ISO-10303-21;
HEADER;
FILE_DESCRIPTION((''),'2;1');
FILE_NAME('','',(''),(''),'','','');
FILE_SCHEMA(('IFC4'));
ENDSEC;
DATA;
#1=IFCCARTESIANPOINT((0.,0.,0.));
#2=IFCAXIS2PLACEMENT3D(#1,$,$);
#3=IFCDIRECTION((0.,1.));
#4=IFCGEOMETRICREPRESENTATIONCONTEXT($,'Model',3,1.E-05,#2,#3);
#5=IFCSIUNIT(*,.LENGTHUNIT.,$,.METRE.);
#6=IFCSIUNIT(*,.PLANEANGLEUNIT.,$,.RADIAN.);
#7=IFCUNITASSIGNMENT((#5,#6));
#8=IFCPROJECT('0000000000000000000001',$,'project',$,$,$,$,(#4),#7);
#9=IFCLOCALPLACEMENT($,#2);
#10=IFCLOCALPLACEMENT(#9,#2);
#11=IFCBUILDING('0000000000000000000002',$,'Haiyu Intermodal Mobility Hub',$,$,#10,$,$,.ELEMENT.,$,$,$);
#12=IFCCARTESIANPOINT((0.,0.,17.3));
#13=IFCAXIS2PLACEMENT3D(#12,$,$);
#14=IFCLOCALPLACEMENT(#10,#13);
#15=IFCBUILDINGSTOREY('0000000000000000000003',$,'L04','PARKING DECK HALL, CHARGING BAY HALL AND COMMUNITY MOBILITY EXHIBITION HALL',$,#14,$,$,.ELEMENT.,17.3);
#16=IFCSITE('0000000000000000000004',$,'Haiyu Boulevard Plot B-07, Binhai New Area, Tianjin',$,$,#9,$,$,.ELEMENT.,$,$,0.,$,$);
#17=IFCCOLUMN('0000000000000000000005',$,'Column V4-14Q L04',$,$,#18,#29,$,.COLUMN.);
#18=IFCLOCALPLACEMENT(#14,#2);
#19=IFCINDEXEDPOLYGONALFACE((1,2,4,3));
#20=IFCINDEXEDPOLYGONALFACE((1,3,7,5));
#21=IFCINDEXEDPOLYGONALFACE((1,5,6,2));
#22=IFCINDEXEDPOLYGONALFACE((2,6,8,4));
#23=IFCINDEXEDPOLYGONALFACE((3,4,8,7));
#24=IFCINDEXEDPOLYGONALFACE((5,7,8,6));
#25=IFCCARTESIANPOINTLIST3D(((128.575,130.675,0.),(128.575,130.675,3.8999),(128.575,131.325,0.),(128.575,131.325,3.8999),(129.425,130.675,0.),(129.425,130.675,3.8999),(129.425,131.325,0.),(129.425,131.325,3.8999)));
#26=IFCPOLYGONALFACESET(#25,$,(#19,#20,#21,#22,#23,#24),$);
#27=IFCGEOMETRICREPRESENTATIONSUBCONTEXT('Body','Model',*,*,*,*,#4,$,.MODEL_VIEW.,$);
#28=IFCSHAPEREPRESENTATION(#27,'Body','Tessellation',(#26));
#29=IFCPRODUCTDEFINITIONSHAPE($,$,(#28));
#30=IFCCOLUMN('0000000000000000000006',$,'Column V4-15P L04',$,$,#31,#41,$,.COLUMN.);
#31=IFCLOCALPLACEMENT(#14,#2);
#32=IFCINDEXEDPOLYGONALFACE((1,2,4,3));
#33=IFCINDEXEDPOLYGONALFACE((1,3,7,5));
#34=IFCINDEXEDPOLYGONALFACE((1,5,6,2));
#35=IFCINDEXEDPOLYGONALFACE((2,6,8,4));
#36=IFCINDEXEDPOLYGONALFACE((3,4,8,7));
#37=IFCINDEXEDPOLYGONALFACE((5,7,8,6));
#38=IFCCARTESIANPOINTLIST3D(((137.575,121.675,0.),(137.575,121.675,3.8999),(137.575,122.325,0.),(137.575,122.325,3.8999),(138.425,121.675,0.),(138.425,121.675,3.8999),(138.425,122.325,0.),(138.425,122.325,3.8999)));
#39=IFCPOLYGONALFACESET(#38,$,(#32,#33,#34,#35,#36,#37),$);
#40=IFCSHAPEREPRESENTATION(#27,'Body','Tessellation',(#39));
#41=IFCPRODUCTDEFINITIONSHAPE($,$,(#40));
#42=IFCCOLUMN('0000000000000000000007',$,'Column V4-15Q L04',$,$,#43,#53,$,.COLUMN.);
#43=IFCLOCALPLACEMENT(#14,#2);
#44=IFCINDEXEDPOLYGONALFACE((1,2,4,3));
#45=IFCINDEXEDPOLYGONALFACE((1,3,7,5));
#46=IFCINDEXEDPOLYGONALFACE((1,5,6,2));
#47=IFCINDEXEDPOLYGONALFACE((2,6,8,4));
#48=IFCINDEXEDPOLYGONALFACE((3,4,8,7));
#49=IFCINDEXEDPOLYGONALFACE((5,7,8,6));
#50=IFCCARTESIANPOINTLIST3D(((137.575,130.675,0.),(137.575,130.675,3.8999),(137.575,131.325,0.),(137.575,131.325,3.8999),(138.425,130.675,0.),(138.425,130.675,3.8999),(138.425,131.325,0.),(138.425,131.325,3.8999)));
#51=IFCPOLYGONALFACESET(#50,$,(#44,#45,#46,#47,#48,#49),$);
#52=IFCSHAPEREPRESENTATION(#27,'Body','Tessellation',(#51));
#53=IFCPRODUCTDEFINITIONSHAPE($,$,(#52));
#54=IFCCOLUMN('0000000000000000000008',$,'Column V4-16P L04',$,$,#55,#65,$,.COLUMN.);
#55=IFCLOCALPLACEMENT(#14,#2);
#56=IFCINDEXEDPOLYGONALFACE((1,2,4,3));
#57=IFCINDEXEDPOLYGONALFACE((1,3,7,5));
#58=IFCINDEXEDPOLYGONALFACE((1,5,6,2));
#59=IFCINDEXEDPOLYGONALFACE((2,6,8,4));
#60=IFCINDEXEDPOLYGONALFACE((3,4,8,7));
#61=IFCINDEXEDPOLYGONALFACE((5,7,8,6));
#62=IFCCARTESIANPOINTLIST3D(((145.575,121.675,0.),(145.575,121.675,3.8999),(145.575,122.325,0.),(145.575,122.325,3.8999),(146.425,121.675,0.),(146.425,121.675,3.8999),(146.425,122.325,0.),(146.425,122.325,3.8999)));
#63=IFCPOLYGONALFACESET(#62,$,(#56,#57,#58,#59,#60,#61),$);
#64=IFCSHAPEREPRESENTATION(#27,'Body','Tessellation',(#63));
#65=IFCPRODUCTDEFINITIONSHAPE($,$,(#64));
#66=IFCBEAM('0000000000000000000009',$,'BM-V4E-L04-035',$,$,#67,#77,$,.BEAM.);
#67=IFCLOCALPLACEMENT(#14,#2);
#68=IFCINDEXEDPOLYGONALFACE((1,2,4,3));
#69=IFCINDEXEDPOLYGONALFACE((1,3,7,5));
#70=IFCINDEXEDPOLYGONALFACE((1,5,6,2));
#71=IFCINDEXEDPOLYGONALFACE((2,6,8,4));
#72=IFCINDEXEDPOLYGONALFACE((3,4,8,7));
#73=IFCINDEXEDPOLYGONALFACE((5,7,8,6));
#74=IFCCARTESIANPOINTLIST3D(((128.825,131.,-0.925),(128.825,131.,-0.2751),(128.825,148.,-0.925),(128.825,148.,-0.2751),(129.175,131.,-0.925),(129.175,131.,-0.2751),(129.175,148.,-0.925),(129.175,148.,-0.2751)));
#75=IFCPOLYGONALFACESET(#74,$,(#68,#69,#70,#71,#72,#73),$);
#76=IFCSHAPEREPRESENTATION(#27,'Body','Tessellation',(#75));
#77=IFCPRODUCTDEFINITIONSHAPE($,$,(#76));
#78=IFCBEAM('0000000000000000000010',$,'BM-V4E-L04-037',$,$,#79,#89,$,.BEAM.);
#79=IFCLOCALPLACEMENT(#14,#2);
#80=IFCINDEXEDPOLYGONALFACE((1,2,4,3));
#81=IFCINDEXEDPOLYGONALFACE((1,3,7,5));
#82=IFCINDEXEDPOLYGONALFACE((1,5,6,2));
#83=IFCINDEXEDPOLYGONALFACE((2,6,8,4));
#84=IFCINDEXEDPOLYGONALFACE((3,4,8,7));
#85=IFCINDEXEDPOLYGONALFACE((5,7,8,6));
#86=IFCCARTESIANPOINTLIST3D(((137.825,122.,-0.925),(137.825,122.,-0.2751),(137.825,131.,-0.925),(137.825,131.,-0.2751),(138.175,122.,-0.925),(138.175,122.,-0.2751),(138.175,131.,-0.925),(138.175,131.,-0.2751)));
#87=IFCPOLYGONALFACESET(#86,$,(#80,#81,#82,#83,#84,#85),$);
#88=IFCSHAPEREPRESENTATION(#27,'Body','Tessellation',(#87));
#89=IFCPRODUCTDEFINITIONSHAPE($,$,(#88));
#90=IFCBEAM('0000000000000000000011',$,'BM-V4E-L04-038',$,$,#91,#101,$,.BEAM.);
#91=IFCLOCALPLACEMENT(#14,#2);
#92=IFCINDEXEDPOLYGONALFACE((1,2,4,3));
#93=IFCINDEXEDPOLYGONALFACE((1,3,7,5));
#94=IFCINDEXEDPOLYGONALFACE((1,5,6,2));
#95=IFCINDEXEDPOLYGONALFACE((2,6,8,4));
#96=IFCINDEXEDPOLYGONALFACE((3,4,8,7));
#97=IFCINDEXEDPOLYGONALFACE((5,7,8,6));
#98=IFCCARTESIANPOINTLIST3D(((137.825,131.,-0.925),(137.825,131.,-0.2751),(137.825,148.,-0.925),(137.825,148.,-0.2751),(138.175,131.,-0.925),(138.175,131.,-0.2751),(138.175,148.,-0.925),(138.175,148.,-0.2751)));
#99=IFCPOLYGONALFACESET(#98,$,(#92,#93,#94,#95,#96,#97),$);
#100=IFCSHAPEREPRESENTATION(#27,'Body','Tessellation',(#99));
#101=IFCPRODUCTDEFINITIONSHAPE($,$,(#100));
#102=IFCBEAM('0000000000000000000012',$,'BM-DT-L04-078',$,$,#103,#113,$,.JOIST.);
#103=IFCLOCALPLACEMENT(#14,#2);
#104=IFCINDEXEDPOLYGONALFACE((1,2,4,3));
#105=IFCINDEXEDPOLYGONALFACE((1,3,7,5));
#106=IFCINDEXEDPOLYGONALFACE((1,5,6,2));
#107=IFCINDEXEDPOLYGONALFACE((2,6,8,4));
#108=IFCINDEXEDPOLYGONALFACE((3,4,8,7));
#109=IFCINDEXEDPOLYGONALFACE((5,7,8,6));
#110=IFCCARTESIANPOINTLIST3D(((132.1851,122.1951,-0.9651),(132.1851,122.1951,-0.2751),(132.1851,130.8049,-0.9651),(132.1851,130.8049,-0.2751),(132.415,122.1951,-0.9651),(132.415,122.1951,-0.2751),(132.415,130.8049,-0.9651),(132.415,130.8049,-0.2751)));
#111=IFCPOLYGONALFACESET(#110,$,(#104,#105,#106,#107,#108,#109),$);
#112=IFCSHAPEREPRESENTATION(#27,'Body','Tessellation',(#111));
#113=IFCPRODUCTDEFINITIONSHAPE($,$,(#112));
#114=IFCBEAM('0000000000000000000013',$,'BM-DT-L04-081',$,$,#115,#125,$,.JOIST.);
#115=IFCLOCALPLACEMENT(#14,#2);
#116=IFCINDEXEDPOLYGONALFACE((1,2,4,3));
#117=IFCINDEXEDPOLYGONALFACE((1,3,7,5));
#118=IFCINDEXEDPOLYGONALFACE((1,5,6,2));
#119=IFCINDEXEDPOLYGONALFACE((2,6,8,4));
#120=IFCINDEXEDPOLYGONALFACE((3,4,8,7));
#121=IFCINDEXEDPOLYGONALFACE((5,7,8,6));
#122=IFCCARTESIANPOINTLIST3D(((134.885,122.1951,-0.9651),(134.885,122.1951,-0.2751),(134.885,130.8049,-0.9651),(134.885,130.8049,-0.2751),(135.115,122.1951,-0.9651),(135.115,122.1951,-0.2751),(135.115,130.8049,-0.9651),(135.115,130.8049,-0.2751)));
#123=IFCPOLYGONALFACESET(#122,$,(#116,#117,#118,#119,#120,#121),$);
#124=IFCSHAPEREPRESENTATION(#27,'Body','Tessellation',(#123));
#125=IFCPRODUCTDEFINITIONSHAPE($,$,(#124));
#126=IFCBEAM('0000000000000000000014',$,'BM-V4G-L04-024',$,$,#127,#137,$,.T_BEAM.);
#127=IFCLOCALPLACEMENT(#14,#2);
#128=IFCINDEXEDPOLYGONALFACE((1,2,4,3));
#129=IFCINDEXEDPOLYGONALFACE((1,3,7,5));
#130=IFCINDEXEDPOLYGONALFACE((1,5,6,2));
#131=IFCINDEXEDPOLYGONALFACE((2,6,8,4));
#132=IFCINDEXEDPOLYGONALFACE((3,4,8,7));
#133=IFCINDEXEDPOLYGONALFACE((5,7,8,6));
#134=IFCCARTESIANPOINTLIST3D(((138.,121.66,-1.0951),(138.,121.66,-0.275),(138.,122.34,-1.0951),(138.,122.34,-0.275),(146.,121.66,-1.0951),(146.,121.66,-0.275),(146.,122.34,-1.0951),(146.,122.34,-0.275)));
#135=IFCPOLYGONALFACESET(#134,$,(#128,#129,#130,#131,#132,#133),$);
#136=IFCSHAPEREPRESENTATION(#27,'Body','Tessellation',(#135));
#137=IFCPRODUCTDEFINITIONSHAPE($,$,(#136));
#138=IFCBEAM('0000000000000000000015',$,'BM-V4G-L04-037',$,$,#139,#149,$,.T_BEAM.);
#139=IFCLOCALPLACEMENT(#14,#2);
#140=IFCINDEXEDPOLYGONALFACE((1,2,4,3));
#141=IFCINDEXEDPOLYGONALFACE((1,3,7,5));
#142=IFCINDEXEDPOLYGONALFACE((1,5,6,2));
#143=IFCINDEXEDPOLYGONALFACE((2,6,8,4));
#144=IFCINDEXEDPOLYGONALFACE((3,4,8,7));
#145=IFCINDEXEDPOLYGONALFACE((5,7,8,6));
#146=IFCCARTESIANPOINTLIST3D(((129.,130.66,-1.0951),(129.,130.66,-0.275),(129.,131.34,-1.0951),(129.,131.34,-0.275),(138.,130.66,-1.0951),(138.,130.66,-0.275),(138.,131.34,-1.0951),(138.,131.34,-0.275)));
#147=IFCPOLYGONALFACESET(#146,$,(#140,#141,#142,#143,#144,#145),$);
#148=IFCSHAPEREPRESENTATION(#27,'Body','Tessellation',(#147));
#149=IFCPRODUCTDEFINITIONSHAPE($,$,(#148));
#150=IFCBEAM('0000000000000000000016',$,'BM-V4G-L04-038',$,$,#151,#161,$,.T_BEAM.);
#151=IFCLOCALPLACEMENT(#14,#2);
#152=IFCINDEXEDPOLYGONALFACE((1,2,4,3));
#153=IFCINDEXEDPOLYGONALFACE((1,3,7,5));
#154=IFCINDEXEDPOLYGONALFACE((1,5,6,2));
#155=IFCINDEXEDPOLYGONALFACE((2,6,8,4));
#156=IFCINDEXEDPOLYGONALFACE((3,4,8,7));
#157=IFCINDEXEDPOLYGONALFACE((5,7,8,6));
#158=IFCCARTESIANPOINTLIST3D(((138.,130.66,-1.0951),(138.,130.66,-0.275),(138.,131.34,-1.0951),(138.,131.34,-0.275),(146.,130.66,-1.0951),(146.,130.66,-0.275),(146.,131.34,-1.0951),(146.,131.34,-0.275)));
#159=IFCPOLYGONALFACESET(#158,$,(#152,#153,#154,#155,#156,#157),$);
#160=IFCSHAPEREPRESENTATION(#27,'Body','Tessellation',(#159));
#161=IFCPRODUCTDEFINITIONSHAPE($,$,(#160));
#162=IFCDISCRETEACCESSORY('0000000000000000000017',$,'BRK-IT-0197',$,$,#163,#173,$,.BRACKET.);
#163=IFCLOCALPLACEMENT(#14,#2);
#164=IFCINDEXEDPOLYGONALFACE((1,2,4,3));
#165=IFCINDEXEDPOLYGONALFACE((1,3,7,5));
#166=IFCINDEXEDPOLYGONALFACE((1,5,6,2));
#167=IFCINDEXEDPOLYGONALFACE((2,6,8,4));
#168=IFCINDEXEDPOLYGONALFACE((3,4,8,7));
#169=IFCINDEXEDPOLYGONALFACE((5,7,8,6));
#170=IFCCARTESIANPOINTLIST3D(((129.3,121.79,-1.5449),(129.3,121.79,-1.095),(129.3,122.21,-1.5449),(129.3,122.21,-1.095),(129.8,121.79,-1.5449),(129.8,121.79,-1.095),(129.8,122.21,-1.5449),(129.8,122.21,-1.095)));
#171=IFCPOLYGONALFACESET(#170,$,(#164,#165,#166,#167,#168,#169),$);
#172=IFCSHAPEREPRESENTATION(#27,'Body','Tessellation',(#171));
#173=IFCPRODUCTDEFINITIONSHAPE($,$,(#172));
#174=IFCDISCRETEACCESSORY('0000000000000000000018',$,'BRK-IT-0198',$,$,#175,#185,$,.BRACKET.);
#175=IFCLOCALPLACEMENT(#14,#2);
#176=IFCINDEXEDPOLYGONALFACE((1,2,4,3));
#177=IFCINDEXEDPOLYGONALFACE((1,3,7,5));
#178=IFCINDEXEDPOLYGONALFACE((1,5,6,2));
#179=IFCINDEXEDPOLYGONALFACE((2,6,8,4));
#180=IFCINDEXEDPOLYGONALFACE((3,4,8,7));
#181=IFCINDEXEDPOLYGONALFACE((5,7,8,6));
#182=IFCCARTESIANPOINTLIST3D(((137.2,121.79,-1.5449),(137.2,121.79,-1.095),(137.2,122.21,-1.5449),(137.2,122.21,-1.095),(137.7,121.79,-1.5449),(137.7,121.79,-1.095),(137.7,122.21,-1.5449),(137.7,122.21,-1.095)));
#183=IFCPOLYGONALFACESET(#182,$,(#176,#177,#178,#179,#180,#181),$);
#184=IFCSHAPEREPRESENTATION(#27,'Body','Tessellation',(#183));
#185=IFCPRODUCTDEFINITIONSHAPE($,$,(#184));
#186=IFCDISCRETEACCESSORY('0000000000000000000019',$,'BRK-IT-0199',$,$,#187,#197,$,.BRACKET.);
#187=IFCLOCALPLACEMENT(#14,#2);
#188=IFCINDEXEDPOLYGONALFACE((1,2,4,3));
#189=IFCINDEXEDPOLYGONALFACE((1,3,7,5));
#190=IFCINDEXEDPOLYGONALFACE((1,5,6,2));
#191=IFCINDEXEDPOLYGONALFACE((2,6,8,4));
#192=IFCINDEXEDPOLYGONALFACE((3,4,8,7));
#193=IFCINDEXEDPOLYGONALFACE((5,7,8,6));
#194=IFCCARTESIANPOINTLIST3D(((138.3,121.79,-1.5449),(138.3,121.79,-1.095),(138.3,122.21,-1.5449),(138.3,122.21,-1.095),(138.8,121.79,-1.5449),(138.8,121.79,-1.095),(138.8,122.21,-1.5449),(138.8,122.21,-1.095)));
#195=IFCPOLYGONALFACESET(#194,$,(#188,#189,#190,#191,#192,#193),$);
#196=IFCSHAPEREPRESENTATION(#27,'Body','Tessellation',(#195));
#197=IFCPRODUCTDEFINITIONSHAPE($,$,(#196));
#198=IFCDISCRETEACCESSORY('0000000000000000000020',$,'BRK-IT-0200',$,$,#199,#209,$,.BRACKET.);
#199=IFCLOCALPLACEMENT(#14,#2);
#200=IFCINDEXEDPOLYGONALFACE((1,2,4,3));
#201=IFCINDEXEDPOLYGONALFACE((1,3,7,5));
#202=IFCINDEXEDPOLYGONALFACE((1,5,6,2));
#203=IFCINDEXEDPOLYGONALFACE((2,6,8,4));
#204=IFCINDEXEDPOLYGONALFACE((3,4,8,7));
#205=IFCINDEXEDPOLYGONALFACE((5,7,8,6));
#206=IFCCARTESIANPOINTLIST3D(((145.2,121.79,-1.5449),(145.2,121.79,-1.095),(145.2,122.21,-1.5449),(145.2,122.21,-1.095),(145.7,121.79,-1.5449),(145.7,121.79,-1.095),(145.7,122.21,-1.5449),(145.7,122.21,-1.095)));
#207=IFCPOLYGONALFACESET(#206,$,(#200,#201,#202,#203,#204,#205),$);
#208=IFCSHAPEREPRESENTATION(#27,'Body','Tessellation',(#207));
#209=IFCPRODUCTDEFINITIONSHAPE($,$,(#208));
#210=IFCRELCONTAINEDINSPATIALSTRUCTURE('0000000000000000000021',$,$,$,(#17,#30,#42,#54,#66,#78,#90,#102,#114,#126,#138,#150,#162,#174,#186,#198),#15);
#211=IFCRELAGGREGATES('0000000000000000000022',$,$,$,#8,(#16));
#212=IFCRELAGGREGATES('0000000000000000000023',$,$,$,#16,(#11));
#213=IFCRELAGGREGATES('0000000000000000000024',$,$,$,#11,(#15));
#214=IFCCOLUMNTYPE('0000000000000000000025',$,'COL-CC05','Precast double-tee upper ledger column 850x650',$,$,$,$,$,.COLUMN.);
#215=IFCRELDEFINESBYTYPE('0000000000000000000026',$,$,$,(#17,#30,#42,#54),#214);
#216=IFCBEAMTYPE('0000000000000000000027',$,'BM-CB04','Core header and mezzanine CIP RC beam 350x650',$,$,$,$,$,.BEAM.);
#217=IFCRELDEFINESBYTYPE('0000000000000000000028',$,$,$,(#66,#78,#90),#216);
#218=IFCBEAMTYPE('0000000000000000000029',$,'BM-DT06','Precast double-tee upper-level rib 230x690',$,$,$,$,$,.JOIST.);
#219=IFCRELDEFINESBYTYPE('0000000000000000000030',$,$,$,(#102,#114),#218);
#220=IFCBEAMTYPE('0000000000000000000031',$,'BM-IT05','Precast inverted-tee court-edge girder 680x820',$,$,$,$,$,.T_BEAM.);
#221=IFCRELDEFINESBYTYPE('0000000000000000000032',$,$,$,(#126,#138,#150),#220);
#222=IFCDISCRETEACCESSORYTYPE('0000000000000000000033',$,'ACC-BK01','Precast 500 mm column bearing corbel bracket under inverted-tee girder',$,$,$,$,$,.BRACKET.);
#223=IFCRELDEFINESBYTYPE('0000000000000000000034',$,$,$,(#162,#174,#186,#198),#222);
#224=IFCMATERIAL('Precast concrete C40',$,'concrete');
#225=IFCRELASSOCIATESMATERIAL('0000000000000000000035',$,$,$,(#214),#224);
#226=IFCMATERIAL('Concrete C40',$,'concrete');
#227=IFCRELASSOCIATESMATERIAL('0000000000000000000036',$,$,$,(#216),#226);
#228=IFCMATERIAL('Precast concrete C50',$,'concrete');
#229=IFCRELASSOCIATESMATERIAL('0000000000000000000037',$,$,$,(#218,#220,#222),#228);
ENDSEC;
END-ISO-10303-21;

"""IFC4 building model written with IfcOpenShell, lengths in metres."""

from ifc_helpers import new_model, si_unit, direction, frame, origin, origin_2d, place, context, subcontext, project, spatial, rectangle, extrude, material, material_profile, profile_set, type_object, element, save


model = new_model("IFC4")

# Units and contexts
model_context = context("Model", 3, precision=1e-05, world=origin(), true_north=direction((0.0, 1.0)))
body_context = subcontext(model_context, "Body", "Model", "MODEL_VIEW")
ifc_project = project(units=[si_unit("LENGTHUNIT", "METRE"), si_unit("PLANEANGLEUNIT", "RADIAN")], contexts=[model_context])

# Site, building, storey
site_placement = place(None, origin())
site = spatial("IfcSite", under=ifc_project, at=site_placement, Name="Haiyu Boulevard Plot B-07, Binhai New Area, Tianjin", CompositionType="ELEMENT", RefElevation=0.0)
building_placement = place(site_placement, origin())
building = spatial("IfcBuilding", under=site, at=building_placement, Name="Haiyu Intermodal Mobility Hub", CompositionType="ELEMENT")
storey_placement = place(building_placement, frame((0.0, 0.0, 17.3)))
storey = spatial("IfcBuildingStorey", under=building, at=storey_placement, Name="L04", Description="PARKING DECK HALL, CHARGING BAY HALL AND COMMUNITY MOBILITY EXHIBITION HALL", CompositionType="ELEMENT", Elevation=17.3)

# Columns
ifc_material_1 = material(Name="Precast concrete C40", Category="concrete")
ifc_material_profile_1 = material_profile(ifc_material_1, rectangle(XDim=0.8501, YDim=0.6499, at=origin_2d()), Name="RC850x650")
ifc_profile_set_1 = profile_set([ifc_material_profile_1], Name="Precast concrete C40")
column_type = type_object("IfcColumnType", Name="COL-CC05", Description="Precast double-tee upper ledger column 850x650", PredefinedType="COLUMN", material=ifc_profile_set_1)
for number, where, z_axis, x_axis, name in (
    (1, (129.0, 131.0, 0.0), (0.0, 0.0, 1.0), (1.0, 0.0, 0.0), "Column V4-14Q L04"),
    (2, (138.0, 122.0, 0.0), (0.0, 0.0, 1.0), (1.0, 0.0, 0.0), "Column V4-15P L04"),
    (3, (138.0, 131.0, 0.0), (0.0, 0.0, 1.0), (1.0, 0.0, 0.0), "Column V4-15Q L04"),
    (4, (146.0, 122.0, 0.0), (0.0, 0.0, 1.0), (1.0, 0.0, 0.0), "Column V4-16P L04"),
):
    element("IfcColumn", number, at=place(storey_placement, frame(where, z_axis=z_axis, x_axis=x_axis)), inside=storey, type_object=column_type, Name=name, PredefinedType="COLUMN", context=body_context, shape_type="SweptSolid", body=[
        extrude(rectangle(XDim=0.8501, YDim=0.6499, at=origin_2d()), origin(), (0.0, 0.0, 1.0), 3.8999),
    ])

# Beams
ifc_material_2 = material(Name="Concrete C40", Category="concrete")
ifc_material_profile_2 = material_profile(ifc_material_2, rectangle(XDim=0.3501, YDim=0.6499, at=origin_2d()), Name="RCB350x650")
ifc_profile_set_2 = profile_set([ifc_material_profile_2], Name="Concrete C40")
beam_type_1 = type_object("IfcBeamType", Name="BM-CB04", Description="Core header and mezzanine CIP RC beam 350x650", PredefinedType="BEAM", material=ifc_profile_set_2)
beam_1_placement = place(storey_placement, frame((129.0, 131.0, -0.6001), z_axis=(0.0, 1.0, 0.0), x_axis=(-1.0, 0.0, 0.0)))
element("IfcBeam", 5, at=beam_1_placement, inside=storey, type_object=beam_type_1, Name="BM-V4E-L04-035", PredefinedType="BEAM", context=body_context, shape_type="SweptSolid", body=[
    extrude(rectangle(XDim=0.3501, YDim=0.6499, at=origin_2d()), origin(), (0.0, 0.0, 1.0), 17.0),
])
beam_2_placement = place(storey_placement, frame((138.0, 122.0, -0.6001), z_axis=(0.0, 1.0, 0.0), x_axis=(-1.0, 0.0, 0.0)))
element("IfcBeam", 6, at=beam_2_placement, inside=storey, type_object=beam_type_1, Name="BM-V4E-L04-037", PredefinedType="BEAM", context=body_context, shape_type="SweptSolid", body=[
    extrude(rectangle(XDim=0.3501, YDim=0.6499, at=origin_2d()), origin(), (0.0, 0.0, 1.0), 9.0),
])
beam_3_placement = place(storey_placement, frame((138.0, 131.0, -0.6001), z_axis=(0.0, 1.0, 0.0), x_axis=(-1.0, 0.0, 0.0)))
element("IfcBeam", 7, at=beam_3_placement, inside=storey, type_object=beam_type_1, Name="BM-V4E-L04-038", PredefinedType="BEAM", context=body_context, shape_type="SweptSolid", body=[
    extrude(rectangle(XDim=0.3501, YDim=0.6499, at=origin_2d()), origin(), (0.0, 0.0, 1.0), 17.0),
])
ifc_material_3 = material(Name="Precast concrete C50", Category="concrete")
ifc_material_profile_3 = material_profile(ifc_material_3, rectangle(XDim=0.23, YDim=0.6899, at=origin_2d()), Name="B230x690")
ifc_profile_set_3 = profile_set([ifc_material_profile_3], Name="Precast concrete C50")
beam_type_2 = type_object("IfcBeamType", Name="BM-DT06", Description="Precast double-tee upper-level rib 230x690", PredefinedType="JOIST", material=ifc_profile_set_3)
for number, where, z_axis, x_axis, name in (
    (8, (132.3, 122.1951, -0.6201), (0.0, 1.0, 0.0), (-1.0, 0.0, 0.0), "BM-DT-L04-078"),
    (9, (135.0, 122.1951, -0.6201), (0.0, 1.0, 0.0), (-1.0, 0.0, 0.0), "BM-DT-L04-081"),
):
    element("IfcBeam", number, at=place(storey_placement, frame(where, z_axis=z_axis, x_axis=x_axis)), inside=storey, type_object=beam_type_2, Name=name, PredefinedType="JOIST", context=body_context, shape_type="SweptSolid", body=[
        extrude(rectangle(XDim=0.23, YDim=0.6899, at=origin_2d()), origin(), (0.0, 0.0, 1.0), 8.6099),
    ])
ifc_material_profile_4 = material_profile(ifc_material_3, rectangle(XDim=0.6799, YDim=0.8201, at=origin_2d()), Name="B680x820")
ifc_profile_set_4 = profile_set([ifc_material_profile_4], Name="Precast concrete C50")
beam_type_3 = type_object("IfcBeamType", Name="BM-IT05", Description="Precast inverted-tee court-edge girder 680x820", PredefinedType="T_BEAM", material=ifc_profile_set_4)
beam_4_placement = place(storey_placement, frame((138.0, 122.0, -0.6851), z_axis=(1.0, 0.0, 0.0), x_axis=(0.0, 1.0, 0.0)))
element("IfcBeam", 10, at=beam_4_placement, inside=storey, type_object=beam_type_3, Name="BM-V4G-L04-024", PredefinedType="T_BEAM", context=body_context, shape_type="SweptSolid", body=[
    extrude(rectangle(XDim=0.6799, YDim=0.8201, at=origin_2d()), origin(), (0.0, 0.0, 1.0), 8.0),
])
beam_5_placement = place(storey_placement, frame((129.0, 131.0, -0.6851), z_axis=(1.0, 0.0, 0.0), x_axis=(0.0, 1.0, 0.0)))
element("IfcBeam", 11, at=beam_5_placement, inside=storey, type_object=beam_type_3, Name="BM-V4G-L04-037", PredefinedType="T_BEAM", context=body_context, shape_type="SweptSolid", body=[
    extrude(rectangle(XDim=0.6799, YDim=0.8201, at=origin_2d()), origin(), (0.0, 0.0, 1.0), 9.0),
])
beam_6_placement = place(storey_placement, frame((138.0, 131.0, -0.6851), z_axis=(1.0, 0.0, 0.0), x_axis=(0.0, 1.0, 0.0)))
element("IfcBeam", 12, at=beam_6_placement, inside=storey, type_object=beam_type_3, Name="BM-V4G-L04-038", PredefinedType="T_BEAM", context=body_context, shape_type="SweptSolid", body=[
    extrude(rectangle(XDim=0.6799, YDim=0.8201, at=origin_2d()), origin(), (0.0, 0.0, 1.0), 8.0),
])

# Discrete accessories
discrete_accessory_type = type_object("IfcDiscreteAccessoryType", Name="ACC-BK01", Description="Precast 500 mm column bearing corbel bracket under inverted-tee girder", PredefinedType="BRACKET", material=ifc_material_3)
for number, where, z_axis, x_axis, name in (
    (13, (129.55, 122.0, -1.5449), (0.0, 0.0, 1.0), (1.0, 0.0, 0.0), "BRK-IT-0197"),
    (14, (137.45, 122.0, -1.5449), (0.0, 0.0, 1.0), (1.0, 0.0, 0.0), "BRK-IT-0198"),
    (15, (138.55, 122.0, -1.5449), (0.0, 0.0, 1.0), (1.0, 0.0, 0.0), "BRK-IT-0199"),
    (16, (145.45, 122.0, -1.5449), (0.0, 0.0, 1.0), (1.0, 0.0, 0.0), "BRK-IT-0200"),
):
    element("IfcDiscreteAccessory", number, at=place(storey_placement, frame(where, z_axis=z_axis, x_axis=x_axis)), inside=storey, type_object=discrete_accessory_type, Name=name, PredefinedType="BRACKET", context=body_context, shape_type="SweptSolid", body=[
        extrude(rectangle(XDim=0.5, YDim=0.4199, at=origin_2d()), origin(), (0.0, 0.0, 1.0), 0.45),
    ])

save(model, "model.ifc")
